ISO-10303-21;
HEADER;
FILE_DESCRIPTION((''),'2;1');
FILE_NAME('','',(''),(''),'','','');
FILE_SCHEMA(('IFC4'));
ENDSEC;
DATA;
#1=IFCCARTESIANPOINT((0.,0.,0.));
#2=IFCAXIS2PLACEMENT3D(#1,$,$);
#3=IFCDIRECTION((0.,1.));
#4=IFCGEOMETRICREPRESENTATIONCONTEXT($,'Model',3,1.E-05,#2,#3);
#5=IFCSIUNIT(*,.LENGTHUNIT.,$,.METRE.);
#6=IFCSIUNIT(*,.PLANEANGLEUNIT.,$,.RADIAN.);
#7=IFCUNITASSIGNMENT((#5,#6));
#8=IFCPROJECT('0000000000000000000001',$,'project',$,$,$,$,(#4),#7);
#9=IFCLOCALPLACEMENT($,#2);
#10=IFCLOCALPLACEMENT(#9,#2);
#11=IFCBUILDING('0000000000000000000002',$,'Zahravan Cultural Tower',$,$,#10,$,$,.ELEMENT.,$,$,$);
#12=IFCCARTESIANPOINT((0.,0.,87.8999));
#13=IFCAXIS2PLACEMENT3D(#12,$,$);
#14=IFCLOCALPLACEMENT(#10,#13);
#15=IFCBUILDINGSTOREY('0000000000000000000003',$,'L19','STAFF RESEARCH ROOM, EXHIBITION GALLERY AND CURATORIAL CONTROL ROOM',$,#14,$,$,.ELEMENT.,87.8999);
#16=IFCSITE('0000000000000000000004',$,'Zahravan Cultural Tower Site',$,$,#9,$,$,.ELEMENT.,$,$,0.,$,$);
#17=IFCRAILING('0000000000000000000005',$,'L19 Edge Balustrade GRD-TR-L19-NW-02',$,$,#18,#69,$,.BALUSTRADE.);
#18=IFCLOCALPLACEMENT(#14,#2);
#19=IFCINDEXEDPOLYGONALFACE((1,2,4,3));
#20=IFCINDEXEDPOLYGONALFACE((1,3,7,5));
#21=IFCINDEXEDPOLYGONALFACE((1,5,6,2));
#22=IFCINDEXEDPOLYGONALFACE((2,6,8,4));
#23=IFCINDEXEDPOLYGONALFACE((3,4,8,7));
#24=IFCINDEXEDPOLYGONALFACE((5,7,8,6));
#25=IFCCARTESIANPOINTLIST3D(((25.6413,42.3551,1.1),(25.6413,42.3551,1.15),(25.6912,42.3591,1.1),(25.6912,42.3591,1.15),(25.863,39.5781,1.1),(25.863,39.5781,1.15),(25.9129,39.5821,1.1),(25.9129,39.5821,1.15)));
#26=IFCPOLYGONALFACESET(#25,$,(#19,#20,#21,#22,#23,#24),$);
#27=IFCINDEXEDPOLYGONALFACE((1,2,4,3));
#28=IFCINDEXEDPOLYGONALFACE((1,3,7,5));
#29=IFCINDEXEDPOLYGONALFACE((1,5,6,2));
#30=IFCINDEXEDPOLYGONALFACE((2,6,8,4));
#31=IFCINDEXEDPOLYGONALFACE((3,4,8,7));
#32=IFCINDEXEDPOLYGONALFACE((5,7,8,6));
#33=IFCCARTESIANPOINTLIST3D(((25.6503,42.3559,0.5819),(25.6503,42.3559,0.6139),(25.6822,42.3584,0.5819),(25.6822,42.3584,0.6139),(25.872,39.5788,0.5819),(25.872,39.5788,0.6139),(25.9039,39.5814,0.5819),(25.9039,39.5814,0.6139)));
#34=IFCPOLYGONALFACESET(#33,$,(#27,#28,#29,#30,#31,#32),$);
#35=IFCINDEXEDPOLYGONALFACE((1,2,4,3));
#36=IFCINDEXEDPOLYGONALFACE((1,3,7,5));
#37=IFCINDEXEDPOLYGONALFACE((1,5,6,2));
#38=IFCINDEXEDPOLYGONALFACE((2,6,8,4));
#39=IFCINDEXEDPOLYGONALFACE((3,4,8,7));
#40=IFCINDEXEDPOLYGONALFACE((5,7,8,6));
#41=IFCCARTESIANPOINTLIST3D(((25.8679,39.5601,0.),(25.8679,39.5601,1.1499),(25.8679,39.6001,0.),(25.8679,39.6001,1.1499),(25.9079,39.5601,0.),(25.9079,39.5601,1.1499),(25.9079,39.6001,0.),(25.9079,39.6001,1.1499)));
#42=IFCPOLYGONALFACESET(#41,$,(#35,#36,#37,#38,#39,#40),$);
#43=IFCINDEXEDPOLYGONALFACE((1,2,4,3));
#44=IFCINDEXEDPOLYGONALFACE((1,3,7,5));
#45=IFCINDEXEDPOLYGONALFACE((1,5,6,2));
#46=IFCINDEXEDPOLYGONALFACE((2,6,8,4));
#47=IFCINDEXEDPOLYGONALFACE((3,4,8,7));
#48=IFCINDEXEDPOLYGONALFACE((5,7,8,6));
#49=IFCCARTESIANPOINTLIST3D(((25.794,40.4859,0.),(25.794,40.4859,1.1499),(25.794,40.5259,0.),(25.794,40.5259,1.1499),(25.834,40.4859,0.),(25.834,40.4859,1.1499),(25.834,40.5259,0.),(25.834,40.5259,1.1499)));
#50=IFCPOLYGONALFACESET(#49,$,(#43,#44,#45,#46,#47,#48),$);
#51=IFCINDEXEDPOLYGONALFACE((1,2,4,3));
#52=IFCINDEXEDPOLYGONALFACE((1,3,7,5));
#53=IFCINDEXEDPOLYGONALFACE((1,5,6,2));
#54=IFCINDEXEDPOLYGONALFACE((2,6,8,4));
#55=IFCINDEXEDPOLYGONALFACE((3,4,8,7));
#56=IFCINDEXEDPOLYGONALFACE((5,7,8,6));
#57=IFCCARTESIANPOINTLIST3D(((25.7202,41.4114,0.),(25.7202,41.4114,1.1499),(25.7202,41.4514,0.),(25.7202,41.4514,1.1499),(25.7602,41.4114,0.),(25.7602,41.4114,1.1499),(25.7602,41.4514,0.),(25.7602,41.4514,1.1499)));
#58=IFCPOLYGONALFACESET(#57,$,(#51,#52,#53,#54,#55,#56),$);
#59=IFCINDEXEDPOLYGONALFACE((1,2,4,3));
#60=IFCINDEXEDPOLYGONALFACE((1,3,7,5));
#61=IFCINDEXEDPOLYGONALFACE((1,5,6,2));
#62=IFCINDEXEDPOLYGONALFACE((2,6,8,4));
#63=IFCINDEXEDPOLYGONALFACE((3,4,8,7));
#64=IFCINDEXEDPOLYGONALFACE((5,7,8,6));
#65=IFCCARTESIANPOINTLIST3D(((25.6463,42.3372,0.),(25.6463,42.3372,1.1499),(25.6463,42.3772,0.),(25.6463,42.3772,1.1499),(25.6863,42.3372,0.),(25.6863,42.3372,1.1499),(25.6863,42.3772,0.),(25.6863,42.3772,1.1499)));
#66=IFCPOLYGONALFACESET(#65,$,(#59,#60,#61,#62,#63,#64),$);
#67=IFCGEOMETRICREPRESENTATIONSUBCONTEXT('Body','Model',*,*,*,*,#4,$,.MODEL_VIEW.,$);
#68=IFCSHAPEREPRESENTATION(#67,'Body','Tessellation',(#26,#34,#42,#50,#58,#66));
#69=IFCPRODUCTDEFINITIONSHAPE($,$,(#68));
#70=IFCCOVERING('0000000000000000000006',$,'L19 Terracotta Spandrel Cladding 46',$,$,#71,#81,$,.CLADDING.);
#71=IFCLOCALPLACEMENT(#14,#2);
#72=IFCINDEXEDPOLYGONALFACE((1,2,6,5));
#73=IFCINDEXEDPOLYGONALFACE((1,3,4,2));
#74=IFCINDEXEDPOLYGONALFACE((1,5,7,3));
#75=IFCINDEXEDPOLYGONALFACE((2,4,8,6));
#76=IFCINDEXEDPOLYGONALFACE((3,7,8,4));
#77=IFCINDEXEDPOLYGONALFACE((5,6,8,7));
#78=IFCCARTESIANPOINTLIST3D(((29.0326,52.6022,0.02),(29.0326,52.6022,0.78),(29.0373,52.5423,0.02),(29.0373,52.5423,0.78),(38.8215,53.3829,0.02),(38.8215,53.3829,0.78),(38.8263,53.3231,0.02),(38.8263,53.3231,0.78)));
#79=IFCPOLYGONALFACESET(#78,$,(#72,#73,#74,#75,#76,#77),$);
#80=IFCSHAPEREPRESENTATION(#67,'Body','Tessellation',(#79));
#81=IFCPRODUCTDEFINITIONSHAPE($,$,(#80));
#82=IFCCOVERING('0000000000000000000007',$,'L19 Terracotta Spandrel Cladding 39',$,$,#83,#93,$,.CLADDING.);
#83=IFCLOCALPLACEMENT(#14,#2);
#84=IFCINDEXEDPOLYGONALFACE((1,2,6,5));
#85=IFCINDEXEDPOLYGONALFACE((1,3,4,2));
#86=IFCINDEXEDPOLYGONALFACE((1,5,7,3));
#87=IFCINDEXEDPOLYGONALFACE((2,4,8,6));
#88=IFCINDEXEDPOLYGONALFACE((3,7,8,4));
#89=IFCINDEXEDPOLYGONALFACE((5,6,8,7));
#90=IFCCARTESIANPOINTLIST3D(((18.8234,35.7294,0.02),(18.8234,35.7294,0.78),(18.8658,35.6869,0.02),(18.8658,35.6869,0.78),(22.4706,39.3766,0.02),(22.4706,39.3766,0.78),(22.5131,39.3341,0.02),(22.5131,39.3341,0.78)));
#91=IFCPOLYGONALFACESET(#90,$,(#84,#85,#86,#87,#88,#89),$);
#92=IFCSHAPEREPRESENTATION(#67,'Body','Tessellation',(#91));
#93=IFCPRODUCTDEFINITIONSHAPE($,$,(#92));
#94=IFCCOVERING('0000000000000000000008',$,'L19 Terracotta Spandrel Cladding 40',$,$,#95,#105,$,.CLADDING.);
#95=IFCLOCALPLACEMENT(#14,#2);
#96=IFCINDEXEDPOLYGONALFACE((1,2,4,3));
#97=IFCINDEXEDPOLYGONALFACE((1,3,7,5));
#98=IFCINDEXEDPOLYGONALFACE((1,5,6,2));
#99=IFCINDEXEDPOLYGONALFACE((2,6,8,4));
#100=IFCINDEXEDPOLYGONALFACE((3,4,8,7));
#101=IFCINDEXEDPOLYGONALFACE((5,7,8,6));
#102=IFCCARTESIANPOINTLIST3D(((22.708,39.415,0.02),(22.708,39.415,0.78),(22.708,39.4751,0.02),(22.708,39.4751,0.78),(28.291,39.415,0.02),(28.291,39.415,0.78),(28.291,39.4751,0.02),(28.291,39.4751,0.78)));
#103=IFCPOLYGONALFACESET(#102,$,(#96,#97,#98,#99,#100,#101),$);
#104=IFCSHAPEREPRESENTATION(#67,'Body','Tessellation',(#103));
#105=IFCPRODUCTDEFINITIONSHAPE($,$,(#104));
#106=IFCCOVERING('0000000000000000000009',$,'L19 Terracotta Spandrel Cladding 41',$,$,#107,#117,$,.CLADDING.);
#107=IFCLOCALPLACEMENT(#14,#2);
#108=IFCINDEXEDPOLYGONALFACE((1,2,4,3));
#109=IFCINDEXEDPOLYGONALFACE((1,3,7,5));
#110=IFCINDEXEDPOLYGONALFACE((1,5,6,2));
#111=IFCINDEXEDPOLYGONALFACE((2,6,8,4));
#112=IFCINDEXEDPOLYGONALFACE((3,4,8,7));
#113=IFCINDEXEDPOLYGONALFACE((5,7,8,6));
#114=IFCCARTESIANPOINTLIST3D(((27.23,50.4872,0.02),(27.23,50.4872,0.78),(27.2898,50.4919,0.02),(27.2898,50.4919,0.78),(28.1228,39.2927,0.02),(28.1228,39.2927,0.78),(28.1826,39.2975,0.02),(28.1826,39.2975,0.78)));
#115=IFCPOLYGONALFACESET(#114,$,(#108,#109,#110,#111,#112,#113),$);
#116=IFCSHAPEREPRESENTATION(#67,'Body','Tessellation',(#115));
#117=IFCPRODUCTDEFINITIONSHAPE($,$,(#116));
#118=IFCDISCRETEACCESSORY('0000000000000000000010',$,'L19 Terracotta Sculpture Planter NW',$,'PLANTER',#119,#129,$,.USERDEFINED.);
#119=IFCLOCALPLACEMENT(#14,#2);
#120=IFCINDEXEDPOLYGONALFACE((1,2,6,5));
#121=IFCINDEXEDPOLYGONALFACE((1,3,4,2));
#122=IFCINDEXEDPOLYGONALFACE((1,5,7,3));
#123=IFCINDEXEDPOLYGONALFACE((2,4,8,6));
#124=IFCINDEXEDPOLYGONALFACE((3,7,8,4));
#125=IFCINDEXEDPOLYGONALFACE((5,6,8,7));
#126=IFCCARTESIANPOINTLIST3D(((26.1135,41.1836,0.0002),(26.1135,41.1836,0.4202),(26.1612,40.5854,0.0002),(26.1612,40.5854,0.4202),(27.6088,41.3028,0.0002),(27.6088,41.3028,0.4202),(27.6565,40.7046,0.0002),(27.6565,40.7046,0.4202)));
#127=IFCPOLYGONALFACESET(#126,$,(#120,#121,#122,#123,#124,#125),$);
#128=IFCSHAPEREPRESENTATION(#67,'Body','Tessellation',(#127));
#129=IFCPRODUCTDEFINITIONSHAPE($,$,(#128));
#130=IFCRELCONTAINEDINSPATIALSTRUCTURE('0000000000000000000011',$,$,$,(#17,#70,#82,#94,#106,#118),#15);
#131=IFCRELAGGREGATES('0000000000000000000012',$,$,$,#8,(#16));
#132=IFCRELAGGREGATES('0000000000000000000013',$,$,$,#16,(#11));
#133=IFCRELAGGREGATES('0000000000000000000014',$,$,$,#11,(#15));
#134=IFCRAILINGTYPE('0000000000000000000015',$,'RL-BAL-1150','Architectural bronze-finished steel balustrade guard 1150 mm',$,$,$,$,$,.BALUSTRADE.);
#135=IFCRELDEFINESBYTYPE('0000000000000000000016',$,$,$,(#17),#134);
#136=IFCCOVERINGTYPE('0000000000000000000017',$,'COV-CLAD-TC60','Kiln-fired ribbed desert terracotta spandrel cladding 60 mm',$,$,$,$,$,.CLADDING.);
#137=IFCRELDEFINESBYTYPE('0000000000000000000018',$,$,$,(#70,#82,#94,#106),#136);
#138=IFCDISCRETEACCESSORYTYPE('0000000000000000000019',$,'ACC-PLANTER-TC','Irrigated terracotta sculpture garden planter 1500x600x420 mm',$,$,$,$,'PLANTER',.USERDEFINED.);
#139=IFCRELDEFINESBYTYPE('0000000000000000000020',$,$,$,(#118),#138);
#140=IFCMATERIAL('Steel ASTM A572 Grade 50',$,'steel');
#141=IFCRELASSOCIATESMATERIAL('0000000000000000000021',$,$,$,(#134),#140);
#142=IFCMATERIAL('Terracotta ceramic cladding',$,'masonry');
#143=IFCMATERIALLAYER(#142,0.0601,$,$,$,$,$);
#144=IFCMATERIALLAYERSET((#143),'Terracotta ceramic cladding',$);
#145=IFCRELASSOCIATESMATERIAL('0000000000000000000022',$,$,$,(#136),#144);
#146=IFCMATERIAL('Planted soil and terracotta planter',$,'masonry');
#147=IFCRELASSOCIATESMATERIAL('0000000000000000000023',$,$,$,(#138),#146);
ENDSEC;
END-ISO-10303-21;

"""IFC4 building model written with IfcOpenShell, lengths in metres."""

from ifc_helpers import new_model, si_unit, direction, frame, origin, origin_2d, place, context, subcontext, project, spatial, rectangle, extrude, source, transform, mapped, material, layer, layer_set, type_object, element, save


model = new_model("IFC4")

# Units and contexts
model_context = context("Model", 3, precision=1e-05, world=origin(), true_north=direction((0.0, 1.0)))
body_context = subcontext(model_context, "Body", "Model", "MODEL_VIEW")
ifc_project = project(units=[si_unit("LENGTHUNIT", "METRE"), si_unit("PLANEANGLEUNIT", "RADIAN")], contexts=[model_context])

# Site, building, storey
site_placement = place(None, origin())
site = spatial("IfcSite", under=ifc_project, at=site_placement, Name="Zahravan Cultural Tower Site", CompositionType="ELEMENT", RefElevation=0.0)
building_placement = place(site_placement, origin())
building = spatial("IfcBuilding", under=site, at=building_placement, Name="Zahravan Cultural Tower", CompositionType="ELEMENT")
storey_placement = place(building_placement, frame((0.0, 0.0, 87.8999)))
storey = spatial("IfcBuildingStorey", under=building, at=storey_placement, Name="L19", Description="STAFF RESEARCH ROOM, EXHIBITION GALLERY AND CURATORIAL CONTROL ROOM", CompositionType="ELEMENT", Elevation=87.8999)

# Railing
ifc_material_1 = material(Name="Steel ASTM A572 Grade 50", Category="steel")
railing_type = type_object("IfcRailingType", Name="RL-BAL-1150", Description="Architectural bronze-finished steel balustrade guard 1150 mm", PredefinedType="BALUSTRADE", material=ifc_material_1)
railing_1_placement = place(storey_placement, frame((25.8879, 39.5801, 0.0)))
element("IfcRailing", 1, at=railing_1_placement, inside=storey, type_object=railing_type, Name="L19 Edge Balustrade GRD-TR-L19-NW-02", PredefinedType="BALUSTRADE", context=body_context, shape_type="SweptSolid", body=[
    extrude(rectangle(XDim=0.05, YDim=0.05, at=origin_2d()), frame((0.0, 0.0, 1.125), z_axis=(-0.079571, 0.996829, 0.0), x_axis=(-0.996829, -0.079571, 0.0)), (0.0, 0.0, 1.0), 2.7859),
    extrude(rectangle(XDim=0.032, YDim=0.032, at=origin_2d()), frame((0.0, 0.0, 0.5979), z_axis=(-0.079571, 0.996829, 0.0), x_axis=(-0.996829, -0.079571, 0.0)), (0.0, 0.0, 1.0), 2.7859),
    extrude(rectangle(XDim=0.04, YDim=0.04, at=origin_2d()), origin(), (0.0, 0.0, 1.0), 1.1499),
    extrude(rectangle(XDim=0.04, YDim=0.04, at=origin_2d()), frame((-0.074, 0.9258, 0.0)), (0.0, 0.0, 1.0), 1.1499),
    extrude(rectangle(XDim=0.04, YDim=0.04, at=origin_2d()), frame((-0.1477, 1.8513, 0.0)), (0.0, 0.0, 1.0), 1.1499),
    extrude(rectangle(XDim=0.04, YDim=0.04, at=origin_2d()), frame((-0.2217, 2.7771, 0.0)), (0.0, 0.0, 1.0), 1.1499),
])

# Coverings
ifc_material_2 = material(Name="Terracotta ceramic cladding", Category="masonry")
ifc_layer_1 = layer(ifc_material_2, 0.0601)
ifc_layer_set_1 = layer_set([ifc_layer_1], Name="Terracotta ceramic cladding")
covering_type = type_object("IfcCoveringType", Name="COV-CLAD-TC60", Description="Kiln-fired ribbed desert terracotta spandrel cladding 60 mm", PredefinedType="CLADDING", material=ifc_layer_set_1)
shared_shape_1 = source(origin(), body_context, "Body", "SweptSolid", [
    extrude(rectangle(XDim=9.8201, YDim=0.0601, at=origin_2d()), origin(), (0.0, 0.0, 1.0), 0.76),
])
covering_1_placement = place(storey_placement, frame((33.9294, 52.9626, 0.02), z_axis=(0.0, 0.0, 1.0), x_axis=(0.996835, 0.079503, 0.0)))
element("IfcCovering", 2, at=covering_1_placement, inside=storey, type_object=covering_type, Name="L19 Terracotta Spandrel Cladding 46", PredefinedType="CLADDING", context=body_context, shape_type="MappedRepresentation", body=[
    mapped(shared_shape_1, transform((0.0, 0.0, 0.0), x_axis=(1.0, 0.0, 0.0), y_axis=(0.0, 1.0, 0.0), z_axis=(0.0, 0.0, 1.0), scale=1.0)),
])
shared_shape_2 = source(origin(), body_context, "Body", "SweptSolid", [
    extrude(rectangle(XDim=5.158, YDim=0.0601, at=origin_2d()), origin(), (0.0, 0.0, 1.0), 0.76),
])
covering_2_placement = place(storey_placement, frame((20.6682, 37.5317, 0.02), z_axis=(0.0, 0.0, 1.0), x_axis=(0.707107, 0.707107, 0.0)))
element("IfcCovering", 3, at=covering_2_placement, inside=storey, type_object=covering_type, Name="L19 Terracotta Spandrel Cladding 39", PredefinedType="CLADDING", context=body_context, shape_type="MappedRepresentation", body=[
    mapped(shared_shape_2, transform((0.0, 0.0, 0.0), x_axis=(1.0, 0.0, 0.0), y_axis=(0.0, 1.0, 0.0), z_axis=(0.0, 0.0, 1.0), scale=1.0)),
])
shared_shape_3 = source(origin(), body_context, "Body", "SweptSolid", [
    extrude(rectangle(XDim=5.583, YDim=0.0601, at=origin_2d()), origin(), (0.0, 0.0, 1.0), 0.76),
])
covering_3_placement = place(storey_placement, frame((25.4995, 39.4451, 0.02), z_axis=(0.0, 0.0, 1.0), x_axis=(1.0, 0.0, 0.0)))
element("IfcCovering", 4, at=covering_3_placement, inside=storey, type_object=covering_type, Name="L19 Terracotta Spandrel Cladding 40", PredefinedType="CLADDING", context=body_context, shape_type="MappedRepresentation", body=[
    mapped(shared_shape_3, transform((0.0, 0.0, 0.0), x_axis=(1.0, 0.0, 0.0), y_axis=(0.0, 1.0, 0.0), z_axis=(0.0, 0.0, 1.0), scale=1.0)),
])
shared_shape_4 = source(origin(), body_context, "Body", "SweptSolid", [
    extrude(rectangle(XDim=11.23, YDim=0.0601, at=origin_2d()), origin(), (0.0, 0.0, 1.0), 0.76),
])
covering_4_placement = place(storey_placement, frame((27.7063, 44.8923, 0.02), z_axis=(0.0, 0.0, 1.0), x_axis=(-0.079503, 0.996835, 0.0)))
element("IfcCovering", 5, at=covering_4_placement, inside=storey, type_object=covering_type, Name="L19 Terracotta Spandrel Cladding 41", PredefinedType="CLADDING", context=body_context, shape_type="MappedRepresentation", body=[
    mapped(shared_shape_4, transform((0.0, 0.0, 0.0), x_axis=(1.0, 0.0, 0.0), y_axis=(0.0, 1.0, 0.0), z_axis=(0.0, 0.0, 1.0), scale=1.0)),
])

# Discrete accessory
ifc_material_3 = material(Name="Planted soil and terracotta planter", Category="masonry")
discrete_accessory_type = type_object("IfcDiscreteAccessoryType", Name="ACC-PLANTER-TC", Description="Irrigated terracotta sculpture garden planter 1500x600x420 mm", ElementType="PLANTER", PredefinedType="USERDEFINED", material=ifc_material_3)
shared_shape_5 = source(origin(), body_context, "Body", "SweptSolid", [
    extrude(rectangle(XDim=1.5, YDim=0.6001, at=origin_2d()), origin(), (0.0, 0.0, 1.0), 0.4199),
])
discrete_accessory_placement = place(storey_placement, frame((26.885, 40.9441, 0.0002), z_axis=(0.0, 0.0, 1.0), x_axis=(0.996835, 0.079503, 0.0)))
element("IfcDiscreteAccessory", 6, at=discrete_accessory_placement, inside=storey, type_object=discrete_accessory_type, Name="L19 Terracotta Sculpture Planter NW", ObjectType="PLANTER", PredefinedType="USERDEFINED", context=body_context, shape_type="MappedRepresentation", body=[
    mapped(shared_shape_5, transform((0.0, 0.0, 0.0), x_axis=(1.0, 0.0, 0.0), y_axis=(0.0, 1.0, 0.0), z_axis=(0.0, 0.0, 1.0), scale=1.0)),
])

save(model, "model.ifc")
